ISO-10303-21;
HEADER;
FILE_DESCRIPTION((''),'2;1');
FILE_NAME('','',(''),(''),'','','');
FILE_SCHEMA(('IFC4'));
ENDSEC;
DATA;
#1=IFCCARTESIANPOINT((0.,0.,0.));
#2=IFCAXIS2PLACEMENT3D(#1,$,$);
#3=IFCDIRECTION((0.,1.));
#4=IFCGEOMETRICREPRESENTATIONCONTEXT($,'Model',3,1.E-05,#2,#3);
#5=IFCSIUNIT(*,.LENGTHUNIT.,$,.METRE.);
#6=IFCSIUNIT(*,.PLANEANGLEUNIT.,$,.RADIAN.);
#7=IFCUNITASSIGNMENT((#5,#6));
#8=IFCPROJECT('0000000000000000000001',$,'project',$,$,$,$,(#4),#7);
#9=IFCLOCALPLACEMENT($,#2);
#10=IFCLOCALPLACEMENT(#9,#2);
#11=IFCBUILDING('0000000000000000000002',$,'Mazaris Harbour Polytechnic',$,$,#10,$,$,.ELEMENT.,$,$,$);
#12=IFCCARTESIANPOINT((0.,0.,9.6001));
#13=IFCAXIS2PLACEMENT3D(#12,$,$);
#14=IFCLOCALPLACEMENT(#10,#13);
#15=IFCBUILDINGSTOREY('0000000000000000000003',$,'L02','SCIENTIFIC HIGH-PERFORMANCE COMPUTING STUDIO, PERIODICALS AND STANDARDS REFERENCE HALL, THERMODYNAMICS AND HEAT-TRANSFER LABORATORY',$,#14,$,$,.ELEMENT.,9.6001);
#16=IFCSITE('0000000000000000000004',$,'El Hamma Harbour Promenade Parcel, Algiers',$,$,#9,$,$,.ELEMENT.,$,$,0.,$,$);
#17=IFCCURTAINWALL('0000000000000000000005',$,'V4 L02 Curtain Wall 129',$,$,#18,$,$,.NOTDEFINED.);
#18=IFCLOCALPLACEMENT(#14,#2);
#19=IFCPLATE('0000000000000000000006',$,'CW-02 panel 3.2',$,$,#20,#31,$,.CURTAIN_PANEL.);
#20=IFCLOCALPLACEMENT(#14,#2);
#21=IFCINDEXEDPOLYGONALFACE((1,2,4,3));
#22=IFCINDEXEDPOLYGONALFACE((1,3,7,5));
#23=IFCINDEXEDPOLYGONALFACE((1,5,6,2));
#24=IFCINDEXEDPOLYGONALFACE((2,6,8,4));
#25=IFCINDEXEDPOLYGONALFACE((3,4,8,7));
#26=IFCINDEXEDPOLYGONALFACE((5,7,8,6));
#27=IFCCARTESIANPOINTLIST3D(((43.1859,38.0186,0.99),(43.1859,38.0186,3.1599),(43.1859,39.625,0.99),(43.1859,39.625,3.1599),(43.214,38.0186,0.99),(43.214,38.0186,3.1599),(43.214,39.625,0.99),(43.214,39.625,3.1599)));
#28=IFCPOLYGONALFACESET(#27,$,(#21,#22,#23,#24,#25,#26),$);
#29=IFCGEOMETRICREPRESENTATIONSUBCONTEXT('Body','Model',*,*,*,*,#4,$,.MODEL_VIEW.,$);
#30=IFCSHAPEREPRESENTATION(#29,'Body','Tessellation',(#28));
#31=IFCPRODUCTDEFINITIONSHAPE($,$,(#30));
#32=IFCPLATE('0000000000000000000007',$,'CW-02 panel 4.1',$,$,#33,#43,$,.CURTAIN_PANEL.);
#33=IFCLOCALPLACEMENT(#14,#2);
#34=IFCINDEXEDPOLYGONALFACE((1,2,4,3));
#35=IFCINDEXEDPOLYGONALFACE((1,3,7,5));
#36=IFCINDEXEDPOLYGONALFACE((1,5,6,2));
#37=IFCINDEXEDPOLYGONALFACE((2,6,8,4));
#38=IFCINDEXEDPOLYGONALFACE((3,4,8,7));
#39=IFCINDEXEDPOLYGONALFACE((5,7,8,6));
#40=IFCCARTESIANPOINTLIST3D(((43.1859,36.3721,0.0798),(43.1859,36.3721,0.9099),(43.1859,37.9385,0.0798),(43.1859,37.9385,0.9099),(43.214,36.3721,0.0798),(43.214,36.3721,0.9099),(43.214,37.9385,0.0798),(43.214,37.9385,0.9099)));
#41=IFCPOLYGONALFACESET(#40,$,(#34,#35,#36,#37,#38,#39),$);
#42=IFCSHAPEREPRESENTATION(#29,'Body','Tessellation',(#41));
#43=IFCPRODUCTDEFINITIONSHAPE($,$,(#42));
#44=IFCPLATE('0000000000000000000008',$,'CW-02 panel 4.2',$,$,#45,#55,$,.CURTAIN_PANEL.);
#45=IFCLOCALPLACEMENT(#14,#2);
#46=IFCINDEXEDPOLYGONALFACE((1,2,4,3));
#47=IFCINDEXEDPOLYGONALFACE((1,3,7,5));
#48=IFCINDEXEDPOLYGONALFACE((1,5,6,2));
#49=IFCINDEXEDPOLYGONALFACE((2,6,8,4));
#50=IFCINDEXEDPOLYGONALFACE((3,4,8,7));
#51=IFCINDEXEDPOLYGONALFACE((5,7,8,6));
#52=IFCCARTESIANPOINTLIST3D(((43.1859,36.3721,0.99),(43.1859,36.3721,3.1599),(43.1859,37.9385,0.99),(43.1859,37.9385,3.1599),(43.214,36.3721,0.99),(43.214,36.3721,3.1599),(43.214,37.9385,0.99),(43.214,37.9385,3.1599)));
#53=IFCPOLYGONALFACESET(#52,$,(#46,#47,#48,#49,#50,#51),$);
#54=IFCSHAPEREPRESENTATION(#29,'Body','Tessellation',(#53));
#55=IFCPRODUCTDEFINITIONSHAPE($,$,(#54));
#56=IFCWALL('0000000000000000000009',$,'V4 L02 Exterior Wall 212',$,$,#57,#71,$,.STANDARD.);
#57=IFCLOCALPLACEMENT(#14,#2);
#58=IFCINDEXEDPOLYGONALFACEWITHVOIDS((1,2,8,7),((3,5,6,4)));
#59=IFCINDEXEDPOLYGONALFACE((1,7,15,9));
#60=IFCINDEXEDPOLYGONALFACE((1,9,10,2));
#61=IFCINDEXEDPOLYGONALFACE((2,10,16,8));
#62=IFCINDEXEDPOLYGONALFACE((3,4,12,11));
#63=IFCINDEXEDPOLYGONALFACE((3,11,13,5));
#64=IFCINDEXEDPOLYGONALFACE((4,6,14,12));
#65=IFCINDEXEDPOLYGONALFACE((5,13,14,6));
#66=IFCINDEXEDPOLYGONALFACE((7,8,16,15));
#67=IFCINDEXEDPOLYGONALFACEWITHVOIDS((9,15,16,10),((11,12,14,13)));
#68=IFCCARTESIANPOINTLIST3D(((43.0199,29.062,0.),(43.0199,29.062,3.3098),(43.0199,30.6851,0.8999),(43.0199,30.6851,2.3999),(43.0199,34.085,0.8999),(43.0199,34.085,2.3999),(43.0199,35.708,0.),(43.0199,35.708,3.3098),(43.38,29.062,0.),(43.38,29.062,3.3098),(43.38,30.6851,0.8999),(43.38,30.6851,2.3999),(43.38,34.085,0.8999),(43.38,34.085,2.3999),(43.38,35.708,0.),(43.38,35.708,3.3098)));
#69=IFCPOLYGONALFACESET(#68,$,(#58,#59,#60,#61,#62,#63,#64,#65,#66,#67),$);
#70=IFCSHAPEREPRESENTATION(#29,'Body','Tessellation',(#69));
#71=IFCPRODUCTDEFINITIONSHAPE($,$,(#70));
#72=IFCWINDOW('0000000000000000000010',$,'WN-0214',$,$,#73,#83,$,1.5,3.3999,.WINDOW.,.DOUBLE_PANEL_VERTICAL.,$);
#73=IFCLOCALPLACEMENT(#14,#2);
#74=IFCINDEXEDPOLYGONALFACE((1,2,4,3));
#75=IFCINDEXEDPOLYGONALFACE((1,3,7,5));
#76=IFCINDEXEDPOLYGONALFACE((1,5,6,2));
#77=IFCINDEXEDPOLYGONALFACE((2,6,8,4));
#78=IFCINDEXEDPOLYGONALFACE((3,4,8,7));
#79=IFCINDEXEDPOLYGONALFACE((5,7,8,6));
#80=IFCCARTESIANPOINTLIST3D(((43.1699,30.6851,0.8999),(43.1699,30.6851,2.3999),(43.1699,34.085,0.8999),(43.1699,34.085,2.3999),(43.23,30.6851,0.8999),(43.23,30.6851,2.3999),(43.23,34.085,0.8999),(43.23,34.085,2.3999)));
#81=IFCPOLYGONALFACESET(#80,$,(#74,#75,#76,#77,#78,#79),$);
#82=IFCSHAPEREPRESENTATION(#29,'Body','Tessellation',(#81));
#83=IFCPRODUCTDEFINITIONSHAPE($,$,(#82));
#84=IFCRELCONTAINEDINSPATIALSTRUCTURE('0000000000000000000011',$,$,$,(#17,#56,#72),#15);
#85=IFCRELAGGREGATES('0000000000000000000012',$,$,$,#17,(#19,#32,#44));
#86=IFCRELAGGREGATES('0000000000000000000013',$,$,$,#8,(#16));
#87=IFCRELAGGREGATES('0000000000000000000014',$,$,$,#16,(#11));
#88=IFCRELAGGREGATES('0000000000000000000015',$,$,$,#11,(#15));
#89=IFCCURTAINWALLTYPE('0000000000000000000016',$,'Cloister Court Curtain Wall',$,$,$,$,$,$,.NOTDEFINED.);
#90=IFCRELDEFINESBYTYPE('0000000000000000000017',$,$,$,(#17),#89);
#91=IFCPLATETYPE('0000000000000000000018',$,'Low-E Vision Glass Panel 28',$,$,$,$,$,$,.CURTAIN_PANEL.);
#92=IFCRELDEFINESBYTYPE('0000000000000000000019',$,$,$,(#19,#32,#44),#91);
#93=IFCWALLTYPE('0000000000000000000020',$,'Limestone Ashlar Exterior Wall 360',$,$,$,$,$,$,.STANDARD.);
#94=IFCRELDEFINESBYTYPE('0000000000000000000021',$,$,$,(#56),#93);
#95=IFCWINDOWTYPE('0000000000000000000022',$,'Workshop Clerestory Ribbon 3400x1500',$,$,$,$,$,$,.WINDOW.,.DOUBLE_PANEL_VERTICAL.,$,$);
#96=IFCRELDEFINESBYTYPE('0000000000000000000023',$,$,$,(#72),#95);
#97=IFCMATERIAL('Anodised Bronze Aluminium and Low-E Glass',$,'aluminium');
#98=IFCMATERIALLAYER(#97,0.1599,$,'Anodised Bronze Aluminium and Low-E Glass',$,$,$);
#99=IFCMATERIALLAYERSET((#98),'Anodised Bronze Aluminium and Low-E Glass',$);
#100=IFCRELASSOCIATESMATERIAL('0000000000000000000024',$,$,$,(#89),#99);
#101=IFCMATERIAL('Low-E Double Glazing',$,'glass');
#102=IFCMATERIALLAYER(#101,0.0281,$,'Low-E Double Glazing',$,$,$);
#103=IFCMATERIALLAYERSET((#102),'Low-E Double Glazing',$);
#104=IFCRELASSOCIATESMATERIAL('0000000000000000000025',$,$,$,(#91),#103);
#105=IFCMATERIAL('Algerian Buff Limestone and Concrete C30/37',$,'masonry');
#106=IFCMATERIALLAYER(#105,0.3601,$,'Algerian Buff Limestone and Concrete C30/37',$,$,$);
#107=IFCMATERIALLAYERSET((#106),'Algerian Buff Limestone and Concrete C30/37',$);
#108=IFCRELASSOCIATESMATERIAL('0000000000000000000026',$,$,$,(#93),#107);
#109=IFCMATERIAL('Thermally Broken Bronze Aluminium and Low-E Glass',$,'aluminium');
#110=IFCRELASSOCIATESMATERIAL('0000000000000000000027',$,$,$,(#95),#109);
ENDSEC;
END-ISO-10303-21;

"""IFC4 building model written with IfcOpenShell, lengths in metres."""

from ifc_helpers import new_model, si_unit, direction, frame, frame_2d, origin, origin_2d, place, context, subcontext, project, spatial, rectangle, extrude, material, layer, layer_set, type_object, element, fill, aggregate, save


model = new_model("IFC4")

# Units and contexts
model_context = context("Model", 3, precision=1e-05, world=origin(), true_north=direction((0.0, 1.0)))
body_context = subcontext(model_context, "Body", "Model", "MODEL_VIEW")
ifc_project = project(units=[si_unit("LENGTHUNIT", "METRE"), si_unit("PLANEANGLEUNIT", "RADIAN")], contexts=[model_context])

# Site, building, storey
site_placement = place(None, origin())
site = spatial("IfcSite", under=ifc_project, at=site_placement, Name="El Hamma Harbour Promenade Parcel, Algiers", CompositionType="ELEMENT", RefElevation=0.0)
building_placement = place(site_placement, origin())
building = spatial("IfcBuilding", under=site, at=building_placement, Name="Mazaris Harbour Polytechnic", CompositionType="ELEMENT")
storey_placement = place(building_placement, frame((0.0, 0.0, 9.6001)))
storey = spatial("IfcBuildingStorey", under=building, at=storey_placement, Name="L02", Description="SCIENTIFIC HIGH-PERFORMANCE COMPUTING STUDIO, PERIODICALS AND STANDARDS REFERENCE HALL, THERMODYNAMICS AND HEAT-TRANSFER LABORATORY", CompositionType="ELEMENT", Elevation=9.6001)

# Curtain wall
ifc_material_1 = material(Name="Anodised Bronze Aluminium and Low-E Glass", Category="aluminium")
ifc_layer_1 = layer(ifc_material_1, 0.1599, Name="Anodised Bronze Aluminium and Low-E Glass")
ifc_layer_set_1 = layer_set([ifc_layer_1], Name="Anodised Bronze Aluminium and Low-E Glass")
curtain_wall_type = type_object("IfcCurtainWallType", Name="Cloister Court Curtain Wall", PredefinedType="NOTDEFINED", material=ifc_layer_set_1)
curtain_wall_1_placement = place(storey_placement, origin())
curtain_wall_1 = element("IfcCurtainWall", 1, at=curtain_wall_1_placement, inside=storey, type_object=curtain_wall_type, Name="V4 L02 Curtain Wall 129", PredefinedType="NOTDEFINED")

# Plates
ifc_material_2 = material(Name="Low-E Double Glazing", Category="glass")
ifc_layer_2 = layer(ifc_material_2, 0.0281, Name="Low-E Double Glazing")
ifc_layer_set_2 = layer_set([ifc_layer_2], Name="Low-E Double Glazing")
plate_type = type_object("IfcPlateType", Name="Low-E Vision Glass Panel 28", PredefinedType="CURTAIN_PANEL", material=ifc_layer_set_2)
plate_1_placement = place(storey_placement, frame((43.2, 38.8218, 0.99), z_axis=(0.0, 0.0, 1.0), x_axis=(0.0, -1.0, 0.0)))
plate_1 = element("IfcPlate", 2, at=plate_1_placement, type_object=plate_type, Name="CW-02 panel 3.2", PredefinedType="CURTAIN_PANEL", context=body_context, shape_type="SweptSolid", body=[
    extrude(rectangle(XDim=1.6064, YDim=0.0281, at=origin_2d()), origin(), (0.0, 0.0, 1.0), 2.1699),
])
plate_2_placement = place(storey_placement, frame((43.2, 37.1553, 0.0798), z_axis=(0.0, 0.0, 1.0), x_axis=(0.0, -1.0, 0.0)))
plate_2 = element("IfcPlate", 3, at=plate_2_placement, type_object=plate_type, Name="CW-02 panel 4.1", PredefinedType="CURTAIN_PANEL", context=body_context, shape_type="SweptSolid", body=[
    extrude(rectangle(XDim=1.5664, YDim=0.0281, at=origin_2d()), origin(), (0.0, 0.0, 1.0), 0.8301),
])
plate_3_placement = place(storey_placement, frame((43.2, 37.1553, 0.99), z_axis=(0.0, 0.0, 1.0), x_axis=(0.0, -1.0, 0.0)))
plate_3 = element("IfcPlate", 4, at=plate_3_placement, type_object=plate_type, Name="CW-02 panel 4.2", PredefinedType="CURTAIN_PANEL", context=body_context, shape_type="SweptSolid", body=[
    extrude(rectangle(XDim=1.5664, YDim=0.0281, at=origin_2d()), origin(), (0.0, 0.0, 1.0), 2.1699),
])
aggregate(curtain_wall_1, [plate_1, plate_2, plate_3])

# Wall, opening, window
ifc_material_3 = material(Name="Algerian Buff Limestone and Concrete C30/37", Category="masonry")
ifc_layer_3 = layer(ifc_material_3, 0.3601, Name="Algerian Buff Limestone and Concrete C30/37")
ifc_layer_set_3 = layer_set([ifc_layer_3], Name="Algerian Buff Limestone and Concrete C30/37")
wall_type = type_object("IfcWallType", Name="Limestone Ashlar Exterior Wall 360", PredefinedType="STANDARD", material=ifc_layer_set_3)
wall_placement = place(storey_placement, frame((43.2, 35.708, 0.0), z_axis=(0.0, 0.0, 1.0), x_axis=(0.0, -1.0, 0.0)))
wall = element("IfcWall", 5, at=wall_placement, inside=storey, type_object=wall_type, Name="V4 L02 Exterior Wall 212", PredefinedType="STANDARD", context=body_context, shape_type="SweptSolid", body=[
    extrude(rectangle(XDim=6.646, YDim=0.3601, at=frame_2d((3.323, 0.0))), origin(), (0.0, 0.0, 1.0), 3.3098),
])
opening_placement = place(wall_placement, frame((1.623, 0.0, 0.8999)))
opening = element("IfcOpeningElement", 6, at=opening_placement, cuts=wall, PredefinedType="OPENING", context=body_context, shape_type="SweptSolid", body=[
    extrude(rectangle(XDim=3.3999, YDim=1.5, at=frame_2d((1.7, 0.75))), frame((0.0, 0.1899, 0.0), z_axis=(0.0, -1.0, 0.0), x_axis=(1.0, 0.0, 0.0)), (0.0, 0.0, 1.0), 0.3801),
])
ifc_material_4 = material(Name="Thermally Broken Bronze Aluminium and Low-E Glass", Category="aluminium")
window_type = type_object("IfcWindowType", Name="Workshop Clerestory Ribbon 3400x1500", PartitioningType="DOUBLE_PANEL_VERTICAL", PredefinedType="WINDOW", material=ifc_material_4)
window_placement = place(opening_placement, origin())
window = element("IfcWindow", 7, at=window_placement, inside=storey, type_object=window_type, Name="WN-0214", OverallHeight=1.5, OverallWidth=3.3999, PartitioningType="DOUBLE_PANEL_VERTICAL", PredefinedType="WINDOW", context=body_context, shape_type="SweptSolid", body=[
    extrude(rectangle(XDim=3.3999, YDim=1.5, at=frame_2d((1.7, 0.75))), frame((0.0, 0.03, 0.0), z_axis=(0.0, -1.0, 0.0), x_axis=(1.0, 0.0, 0.0)), (0.0, 0.0, 1.0), 0.0601),
])
fill(opening, window)

save(model, "model.ifc")
